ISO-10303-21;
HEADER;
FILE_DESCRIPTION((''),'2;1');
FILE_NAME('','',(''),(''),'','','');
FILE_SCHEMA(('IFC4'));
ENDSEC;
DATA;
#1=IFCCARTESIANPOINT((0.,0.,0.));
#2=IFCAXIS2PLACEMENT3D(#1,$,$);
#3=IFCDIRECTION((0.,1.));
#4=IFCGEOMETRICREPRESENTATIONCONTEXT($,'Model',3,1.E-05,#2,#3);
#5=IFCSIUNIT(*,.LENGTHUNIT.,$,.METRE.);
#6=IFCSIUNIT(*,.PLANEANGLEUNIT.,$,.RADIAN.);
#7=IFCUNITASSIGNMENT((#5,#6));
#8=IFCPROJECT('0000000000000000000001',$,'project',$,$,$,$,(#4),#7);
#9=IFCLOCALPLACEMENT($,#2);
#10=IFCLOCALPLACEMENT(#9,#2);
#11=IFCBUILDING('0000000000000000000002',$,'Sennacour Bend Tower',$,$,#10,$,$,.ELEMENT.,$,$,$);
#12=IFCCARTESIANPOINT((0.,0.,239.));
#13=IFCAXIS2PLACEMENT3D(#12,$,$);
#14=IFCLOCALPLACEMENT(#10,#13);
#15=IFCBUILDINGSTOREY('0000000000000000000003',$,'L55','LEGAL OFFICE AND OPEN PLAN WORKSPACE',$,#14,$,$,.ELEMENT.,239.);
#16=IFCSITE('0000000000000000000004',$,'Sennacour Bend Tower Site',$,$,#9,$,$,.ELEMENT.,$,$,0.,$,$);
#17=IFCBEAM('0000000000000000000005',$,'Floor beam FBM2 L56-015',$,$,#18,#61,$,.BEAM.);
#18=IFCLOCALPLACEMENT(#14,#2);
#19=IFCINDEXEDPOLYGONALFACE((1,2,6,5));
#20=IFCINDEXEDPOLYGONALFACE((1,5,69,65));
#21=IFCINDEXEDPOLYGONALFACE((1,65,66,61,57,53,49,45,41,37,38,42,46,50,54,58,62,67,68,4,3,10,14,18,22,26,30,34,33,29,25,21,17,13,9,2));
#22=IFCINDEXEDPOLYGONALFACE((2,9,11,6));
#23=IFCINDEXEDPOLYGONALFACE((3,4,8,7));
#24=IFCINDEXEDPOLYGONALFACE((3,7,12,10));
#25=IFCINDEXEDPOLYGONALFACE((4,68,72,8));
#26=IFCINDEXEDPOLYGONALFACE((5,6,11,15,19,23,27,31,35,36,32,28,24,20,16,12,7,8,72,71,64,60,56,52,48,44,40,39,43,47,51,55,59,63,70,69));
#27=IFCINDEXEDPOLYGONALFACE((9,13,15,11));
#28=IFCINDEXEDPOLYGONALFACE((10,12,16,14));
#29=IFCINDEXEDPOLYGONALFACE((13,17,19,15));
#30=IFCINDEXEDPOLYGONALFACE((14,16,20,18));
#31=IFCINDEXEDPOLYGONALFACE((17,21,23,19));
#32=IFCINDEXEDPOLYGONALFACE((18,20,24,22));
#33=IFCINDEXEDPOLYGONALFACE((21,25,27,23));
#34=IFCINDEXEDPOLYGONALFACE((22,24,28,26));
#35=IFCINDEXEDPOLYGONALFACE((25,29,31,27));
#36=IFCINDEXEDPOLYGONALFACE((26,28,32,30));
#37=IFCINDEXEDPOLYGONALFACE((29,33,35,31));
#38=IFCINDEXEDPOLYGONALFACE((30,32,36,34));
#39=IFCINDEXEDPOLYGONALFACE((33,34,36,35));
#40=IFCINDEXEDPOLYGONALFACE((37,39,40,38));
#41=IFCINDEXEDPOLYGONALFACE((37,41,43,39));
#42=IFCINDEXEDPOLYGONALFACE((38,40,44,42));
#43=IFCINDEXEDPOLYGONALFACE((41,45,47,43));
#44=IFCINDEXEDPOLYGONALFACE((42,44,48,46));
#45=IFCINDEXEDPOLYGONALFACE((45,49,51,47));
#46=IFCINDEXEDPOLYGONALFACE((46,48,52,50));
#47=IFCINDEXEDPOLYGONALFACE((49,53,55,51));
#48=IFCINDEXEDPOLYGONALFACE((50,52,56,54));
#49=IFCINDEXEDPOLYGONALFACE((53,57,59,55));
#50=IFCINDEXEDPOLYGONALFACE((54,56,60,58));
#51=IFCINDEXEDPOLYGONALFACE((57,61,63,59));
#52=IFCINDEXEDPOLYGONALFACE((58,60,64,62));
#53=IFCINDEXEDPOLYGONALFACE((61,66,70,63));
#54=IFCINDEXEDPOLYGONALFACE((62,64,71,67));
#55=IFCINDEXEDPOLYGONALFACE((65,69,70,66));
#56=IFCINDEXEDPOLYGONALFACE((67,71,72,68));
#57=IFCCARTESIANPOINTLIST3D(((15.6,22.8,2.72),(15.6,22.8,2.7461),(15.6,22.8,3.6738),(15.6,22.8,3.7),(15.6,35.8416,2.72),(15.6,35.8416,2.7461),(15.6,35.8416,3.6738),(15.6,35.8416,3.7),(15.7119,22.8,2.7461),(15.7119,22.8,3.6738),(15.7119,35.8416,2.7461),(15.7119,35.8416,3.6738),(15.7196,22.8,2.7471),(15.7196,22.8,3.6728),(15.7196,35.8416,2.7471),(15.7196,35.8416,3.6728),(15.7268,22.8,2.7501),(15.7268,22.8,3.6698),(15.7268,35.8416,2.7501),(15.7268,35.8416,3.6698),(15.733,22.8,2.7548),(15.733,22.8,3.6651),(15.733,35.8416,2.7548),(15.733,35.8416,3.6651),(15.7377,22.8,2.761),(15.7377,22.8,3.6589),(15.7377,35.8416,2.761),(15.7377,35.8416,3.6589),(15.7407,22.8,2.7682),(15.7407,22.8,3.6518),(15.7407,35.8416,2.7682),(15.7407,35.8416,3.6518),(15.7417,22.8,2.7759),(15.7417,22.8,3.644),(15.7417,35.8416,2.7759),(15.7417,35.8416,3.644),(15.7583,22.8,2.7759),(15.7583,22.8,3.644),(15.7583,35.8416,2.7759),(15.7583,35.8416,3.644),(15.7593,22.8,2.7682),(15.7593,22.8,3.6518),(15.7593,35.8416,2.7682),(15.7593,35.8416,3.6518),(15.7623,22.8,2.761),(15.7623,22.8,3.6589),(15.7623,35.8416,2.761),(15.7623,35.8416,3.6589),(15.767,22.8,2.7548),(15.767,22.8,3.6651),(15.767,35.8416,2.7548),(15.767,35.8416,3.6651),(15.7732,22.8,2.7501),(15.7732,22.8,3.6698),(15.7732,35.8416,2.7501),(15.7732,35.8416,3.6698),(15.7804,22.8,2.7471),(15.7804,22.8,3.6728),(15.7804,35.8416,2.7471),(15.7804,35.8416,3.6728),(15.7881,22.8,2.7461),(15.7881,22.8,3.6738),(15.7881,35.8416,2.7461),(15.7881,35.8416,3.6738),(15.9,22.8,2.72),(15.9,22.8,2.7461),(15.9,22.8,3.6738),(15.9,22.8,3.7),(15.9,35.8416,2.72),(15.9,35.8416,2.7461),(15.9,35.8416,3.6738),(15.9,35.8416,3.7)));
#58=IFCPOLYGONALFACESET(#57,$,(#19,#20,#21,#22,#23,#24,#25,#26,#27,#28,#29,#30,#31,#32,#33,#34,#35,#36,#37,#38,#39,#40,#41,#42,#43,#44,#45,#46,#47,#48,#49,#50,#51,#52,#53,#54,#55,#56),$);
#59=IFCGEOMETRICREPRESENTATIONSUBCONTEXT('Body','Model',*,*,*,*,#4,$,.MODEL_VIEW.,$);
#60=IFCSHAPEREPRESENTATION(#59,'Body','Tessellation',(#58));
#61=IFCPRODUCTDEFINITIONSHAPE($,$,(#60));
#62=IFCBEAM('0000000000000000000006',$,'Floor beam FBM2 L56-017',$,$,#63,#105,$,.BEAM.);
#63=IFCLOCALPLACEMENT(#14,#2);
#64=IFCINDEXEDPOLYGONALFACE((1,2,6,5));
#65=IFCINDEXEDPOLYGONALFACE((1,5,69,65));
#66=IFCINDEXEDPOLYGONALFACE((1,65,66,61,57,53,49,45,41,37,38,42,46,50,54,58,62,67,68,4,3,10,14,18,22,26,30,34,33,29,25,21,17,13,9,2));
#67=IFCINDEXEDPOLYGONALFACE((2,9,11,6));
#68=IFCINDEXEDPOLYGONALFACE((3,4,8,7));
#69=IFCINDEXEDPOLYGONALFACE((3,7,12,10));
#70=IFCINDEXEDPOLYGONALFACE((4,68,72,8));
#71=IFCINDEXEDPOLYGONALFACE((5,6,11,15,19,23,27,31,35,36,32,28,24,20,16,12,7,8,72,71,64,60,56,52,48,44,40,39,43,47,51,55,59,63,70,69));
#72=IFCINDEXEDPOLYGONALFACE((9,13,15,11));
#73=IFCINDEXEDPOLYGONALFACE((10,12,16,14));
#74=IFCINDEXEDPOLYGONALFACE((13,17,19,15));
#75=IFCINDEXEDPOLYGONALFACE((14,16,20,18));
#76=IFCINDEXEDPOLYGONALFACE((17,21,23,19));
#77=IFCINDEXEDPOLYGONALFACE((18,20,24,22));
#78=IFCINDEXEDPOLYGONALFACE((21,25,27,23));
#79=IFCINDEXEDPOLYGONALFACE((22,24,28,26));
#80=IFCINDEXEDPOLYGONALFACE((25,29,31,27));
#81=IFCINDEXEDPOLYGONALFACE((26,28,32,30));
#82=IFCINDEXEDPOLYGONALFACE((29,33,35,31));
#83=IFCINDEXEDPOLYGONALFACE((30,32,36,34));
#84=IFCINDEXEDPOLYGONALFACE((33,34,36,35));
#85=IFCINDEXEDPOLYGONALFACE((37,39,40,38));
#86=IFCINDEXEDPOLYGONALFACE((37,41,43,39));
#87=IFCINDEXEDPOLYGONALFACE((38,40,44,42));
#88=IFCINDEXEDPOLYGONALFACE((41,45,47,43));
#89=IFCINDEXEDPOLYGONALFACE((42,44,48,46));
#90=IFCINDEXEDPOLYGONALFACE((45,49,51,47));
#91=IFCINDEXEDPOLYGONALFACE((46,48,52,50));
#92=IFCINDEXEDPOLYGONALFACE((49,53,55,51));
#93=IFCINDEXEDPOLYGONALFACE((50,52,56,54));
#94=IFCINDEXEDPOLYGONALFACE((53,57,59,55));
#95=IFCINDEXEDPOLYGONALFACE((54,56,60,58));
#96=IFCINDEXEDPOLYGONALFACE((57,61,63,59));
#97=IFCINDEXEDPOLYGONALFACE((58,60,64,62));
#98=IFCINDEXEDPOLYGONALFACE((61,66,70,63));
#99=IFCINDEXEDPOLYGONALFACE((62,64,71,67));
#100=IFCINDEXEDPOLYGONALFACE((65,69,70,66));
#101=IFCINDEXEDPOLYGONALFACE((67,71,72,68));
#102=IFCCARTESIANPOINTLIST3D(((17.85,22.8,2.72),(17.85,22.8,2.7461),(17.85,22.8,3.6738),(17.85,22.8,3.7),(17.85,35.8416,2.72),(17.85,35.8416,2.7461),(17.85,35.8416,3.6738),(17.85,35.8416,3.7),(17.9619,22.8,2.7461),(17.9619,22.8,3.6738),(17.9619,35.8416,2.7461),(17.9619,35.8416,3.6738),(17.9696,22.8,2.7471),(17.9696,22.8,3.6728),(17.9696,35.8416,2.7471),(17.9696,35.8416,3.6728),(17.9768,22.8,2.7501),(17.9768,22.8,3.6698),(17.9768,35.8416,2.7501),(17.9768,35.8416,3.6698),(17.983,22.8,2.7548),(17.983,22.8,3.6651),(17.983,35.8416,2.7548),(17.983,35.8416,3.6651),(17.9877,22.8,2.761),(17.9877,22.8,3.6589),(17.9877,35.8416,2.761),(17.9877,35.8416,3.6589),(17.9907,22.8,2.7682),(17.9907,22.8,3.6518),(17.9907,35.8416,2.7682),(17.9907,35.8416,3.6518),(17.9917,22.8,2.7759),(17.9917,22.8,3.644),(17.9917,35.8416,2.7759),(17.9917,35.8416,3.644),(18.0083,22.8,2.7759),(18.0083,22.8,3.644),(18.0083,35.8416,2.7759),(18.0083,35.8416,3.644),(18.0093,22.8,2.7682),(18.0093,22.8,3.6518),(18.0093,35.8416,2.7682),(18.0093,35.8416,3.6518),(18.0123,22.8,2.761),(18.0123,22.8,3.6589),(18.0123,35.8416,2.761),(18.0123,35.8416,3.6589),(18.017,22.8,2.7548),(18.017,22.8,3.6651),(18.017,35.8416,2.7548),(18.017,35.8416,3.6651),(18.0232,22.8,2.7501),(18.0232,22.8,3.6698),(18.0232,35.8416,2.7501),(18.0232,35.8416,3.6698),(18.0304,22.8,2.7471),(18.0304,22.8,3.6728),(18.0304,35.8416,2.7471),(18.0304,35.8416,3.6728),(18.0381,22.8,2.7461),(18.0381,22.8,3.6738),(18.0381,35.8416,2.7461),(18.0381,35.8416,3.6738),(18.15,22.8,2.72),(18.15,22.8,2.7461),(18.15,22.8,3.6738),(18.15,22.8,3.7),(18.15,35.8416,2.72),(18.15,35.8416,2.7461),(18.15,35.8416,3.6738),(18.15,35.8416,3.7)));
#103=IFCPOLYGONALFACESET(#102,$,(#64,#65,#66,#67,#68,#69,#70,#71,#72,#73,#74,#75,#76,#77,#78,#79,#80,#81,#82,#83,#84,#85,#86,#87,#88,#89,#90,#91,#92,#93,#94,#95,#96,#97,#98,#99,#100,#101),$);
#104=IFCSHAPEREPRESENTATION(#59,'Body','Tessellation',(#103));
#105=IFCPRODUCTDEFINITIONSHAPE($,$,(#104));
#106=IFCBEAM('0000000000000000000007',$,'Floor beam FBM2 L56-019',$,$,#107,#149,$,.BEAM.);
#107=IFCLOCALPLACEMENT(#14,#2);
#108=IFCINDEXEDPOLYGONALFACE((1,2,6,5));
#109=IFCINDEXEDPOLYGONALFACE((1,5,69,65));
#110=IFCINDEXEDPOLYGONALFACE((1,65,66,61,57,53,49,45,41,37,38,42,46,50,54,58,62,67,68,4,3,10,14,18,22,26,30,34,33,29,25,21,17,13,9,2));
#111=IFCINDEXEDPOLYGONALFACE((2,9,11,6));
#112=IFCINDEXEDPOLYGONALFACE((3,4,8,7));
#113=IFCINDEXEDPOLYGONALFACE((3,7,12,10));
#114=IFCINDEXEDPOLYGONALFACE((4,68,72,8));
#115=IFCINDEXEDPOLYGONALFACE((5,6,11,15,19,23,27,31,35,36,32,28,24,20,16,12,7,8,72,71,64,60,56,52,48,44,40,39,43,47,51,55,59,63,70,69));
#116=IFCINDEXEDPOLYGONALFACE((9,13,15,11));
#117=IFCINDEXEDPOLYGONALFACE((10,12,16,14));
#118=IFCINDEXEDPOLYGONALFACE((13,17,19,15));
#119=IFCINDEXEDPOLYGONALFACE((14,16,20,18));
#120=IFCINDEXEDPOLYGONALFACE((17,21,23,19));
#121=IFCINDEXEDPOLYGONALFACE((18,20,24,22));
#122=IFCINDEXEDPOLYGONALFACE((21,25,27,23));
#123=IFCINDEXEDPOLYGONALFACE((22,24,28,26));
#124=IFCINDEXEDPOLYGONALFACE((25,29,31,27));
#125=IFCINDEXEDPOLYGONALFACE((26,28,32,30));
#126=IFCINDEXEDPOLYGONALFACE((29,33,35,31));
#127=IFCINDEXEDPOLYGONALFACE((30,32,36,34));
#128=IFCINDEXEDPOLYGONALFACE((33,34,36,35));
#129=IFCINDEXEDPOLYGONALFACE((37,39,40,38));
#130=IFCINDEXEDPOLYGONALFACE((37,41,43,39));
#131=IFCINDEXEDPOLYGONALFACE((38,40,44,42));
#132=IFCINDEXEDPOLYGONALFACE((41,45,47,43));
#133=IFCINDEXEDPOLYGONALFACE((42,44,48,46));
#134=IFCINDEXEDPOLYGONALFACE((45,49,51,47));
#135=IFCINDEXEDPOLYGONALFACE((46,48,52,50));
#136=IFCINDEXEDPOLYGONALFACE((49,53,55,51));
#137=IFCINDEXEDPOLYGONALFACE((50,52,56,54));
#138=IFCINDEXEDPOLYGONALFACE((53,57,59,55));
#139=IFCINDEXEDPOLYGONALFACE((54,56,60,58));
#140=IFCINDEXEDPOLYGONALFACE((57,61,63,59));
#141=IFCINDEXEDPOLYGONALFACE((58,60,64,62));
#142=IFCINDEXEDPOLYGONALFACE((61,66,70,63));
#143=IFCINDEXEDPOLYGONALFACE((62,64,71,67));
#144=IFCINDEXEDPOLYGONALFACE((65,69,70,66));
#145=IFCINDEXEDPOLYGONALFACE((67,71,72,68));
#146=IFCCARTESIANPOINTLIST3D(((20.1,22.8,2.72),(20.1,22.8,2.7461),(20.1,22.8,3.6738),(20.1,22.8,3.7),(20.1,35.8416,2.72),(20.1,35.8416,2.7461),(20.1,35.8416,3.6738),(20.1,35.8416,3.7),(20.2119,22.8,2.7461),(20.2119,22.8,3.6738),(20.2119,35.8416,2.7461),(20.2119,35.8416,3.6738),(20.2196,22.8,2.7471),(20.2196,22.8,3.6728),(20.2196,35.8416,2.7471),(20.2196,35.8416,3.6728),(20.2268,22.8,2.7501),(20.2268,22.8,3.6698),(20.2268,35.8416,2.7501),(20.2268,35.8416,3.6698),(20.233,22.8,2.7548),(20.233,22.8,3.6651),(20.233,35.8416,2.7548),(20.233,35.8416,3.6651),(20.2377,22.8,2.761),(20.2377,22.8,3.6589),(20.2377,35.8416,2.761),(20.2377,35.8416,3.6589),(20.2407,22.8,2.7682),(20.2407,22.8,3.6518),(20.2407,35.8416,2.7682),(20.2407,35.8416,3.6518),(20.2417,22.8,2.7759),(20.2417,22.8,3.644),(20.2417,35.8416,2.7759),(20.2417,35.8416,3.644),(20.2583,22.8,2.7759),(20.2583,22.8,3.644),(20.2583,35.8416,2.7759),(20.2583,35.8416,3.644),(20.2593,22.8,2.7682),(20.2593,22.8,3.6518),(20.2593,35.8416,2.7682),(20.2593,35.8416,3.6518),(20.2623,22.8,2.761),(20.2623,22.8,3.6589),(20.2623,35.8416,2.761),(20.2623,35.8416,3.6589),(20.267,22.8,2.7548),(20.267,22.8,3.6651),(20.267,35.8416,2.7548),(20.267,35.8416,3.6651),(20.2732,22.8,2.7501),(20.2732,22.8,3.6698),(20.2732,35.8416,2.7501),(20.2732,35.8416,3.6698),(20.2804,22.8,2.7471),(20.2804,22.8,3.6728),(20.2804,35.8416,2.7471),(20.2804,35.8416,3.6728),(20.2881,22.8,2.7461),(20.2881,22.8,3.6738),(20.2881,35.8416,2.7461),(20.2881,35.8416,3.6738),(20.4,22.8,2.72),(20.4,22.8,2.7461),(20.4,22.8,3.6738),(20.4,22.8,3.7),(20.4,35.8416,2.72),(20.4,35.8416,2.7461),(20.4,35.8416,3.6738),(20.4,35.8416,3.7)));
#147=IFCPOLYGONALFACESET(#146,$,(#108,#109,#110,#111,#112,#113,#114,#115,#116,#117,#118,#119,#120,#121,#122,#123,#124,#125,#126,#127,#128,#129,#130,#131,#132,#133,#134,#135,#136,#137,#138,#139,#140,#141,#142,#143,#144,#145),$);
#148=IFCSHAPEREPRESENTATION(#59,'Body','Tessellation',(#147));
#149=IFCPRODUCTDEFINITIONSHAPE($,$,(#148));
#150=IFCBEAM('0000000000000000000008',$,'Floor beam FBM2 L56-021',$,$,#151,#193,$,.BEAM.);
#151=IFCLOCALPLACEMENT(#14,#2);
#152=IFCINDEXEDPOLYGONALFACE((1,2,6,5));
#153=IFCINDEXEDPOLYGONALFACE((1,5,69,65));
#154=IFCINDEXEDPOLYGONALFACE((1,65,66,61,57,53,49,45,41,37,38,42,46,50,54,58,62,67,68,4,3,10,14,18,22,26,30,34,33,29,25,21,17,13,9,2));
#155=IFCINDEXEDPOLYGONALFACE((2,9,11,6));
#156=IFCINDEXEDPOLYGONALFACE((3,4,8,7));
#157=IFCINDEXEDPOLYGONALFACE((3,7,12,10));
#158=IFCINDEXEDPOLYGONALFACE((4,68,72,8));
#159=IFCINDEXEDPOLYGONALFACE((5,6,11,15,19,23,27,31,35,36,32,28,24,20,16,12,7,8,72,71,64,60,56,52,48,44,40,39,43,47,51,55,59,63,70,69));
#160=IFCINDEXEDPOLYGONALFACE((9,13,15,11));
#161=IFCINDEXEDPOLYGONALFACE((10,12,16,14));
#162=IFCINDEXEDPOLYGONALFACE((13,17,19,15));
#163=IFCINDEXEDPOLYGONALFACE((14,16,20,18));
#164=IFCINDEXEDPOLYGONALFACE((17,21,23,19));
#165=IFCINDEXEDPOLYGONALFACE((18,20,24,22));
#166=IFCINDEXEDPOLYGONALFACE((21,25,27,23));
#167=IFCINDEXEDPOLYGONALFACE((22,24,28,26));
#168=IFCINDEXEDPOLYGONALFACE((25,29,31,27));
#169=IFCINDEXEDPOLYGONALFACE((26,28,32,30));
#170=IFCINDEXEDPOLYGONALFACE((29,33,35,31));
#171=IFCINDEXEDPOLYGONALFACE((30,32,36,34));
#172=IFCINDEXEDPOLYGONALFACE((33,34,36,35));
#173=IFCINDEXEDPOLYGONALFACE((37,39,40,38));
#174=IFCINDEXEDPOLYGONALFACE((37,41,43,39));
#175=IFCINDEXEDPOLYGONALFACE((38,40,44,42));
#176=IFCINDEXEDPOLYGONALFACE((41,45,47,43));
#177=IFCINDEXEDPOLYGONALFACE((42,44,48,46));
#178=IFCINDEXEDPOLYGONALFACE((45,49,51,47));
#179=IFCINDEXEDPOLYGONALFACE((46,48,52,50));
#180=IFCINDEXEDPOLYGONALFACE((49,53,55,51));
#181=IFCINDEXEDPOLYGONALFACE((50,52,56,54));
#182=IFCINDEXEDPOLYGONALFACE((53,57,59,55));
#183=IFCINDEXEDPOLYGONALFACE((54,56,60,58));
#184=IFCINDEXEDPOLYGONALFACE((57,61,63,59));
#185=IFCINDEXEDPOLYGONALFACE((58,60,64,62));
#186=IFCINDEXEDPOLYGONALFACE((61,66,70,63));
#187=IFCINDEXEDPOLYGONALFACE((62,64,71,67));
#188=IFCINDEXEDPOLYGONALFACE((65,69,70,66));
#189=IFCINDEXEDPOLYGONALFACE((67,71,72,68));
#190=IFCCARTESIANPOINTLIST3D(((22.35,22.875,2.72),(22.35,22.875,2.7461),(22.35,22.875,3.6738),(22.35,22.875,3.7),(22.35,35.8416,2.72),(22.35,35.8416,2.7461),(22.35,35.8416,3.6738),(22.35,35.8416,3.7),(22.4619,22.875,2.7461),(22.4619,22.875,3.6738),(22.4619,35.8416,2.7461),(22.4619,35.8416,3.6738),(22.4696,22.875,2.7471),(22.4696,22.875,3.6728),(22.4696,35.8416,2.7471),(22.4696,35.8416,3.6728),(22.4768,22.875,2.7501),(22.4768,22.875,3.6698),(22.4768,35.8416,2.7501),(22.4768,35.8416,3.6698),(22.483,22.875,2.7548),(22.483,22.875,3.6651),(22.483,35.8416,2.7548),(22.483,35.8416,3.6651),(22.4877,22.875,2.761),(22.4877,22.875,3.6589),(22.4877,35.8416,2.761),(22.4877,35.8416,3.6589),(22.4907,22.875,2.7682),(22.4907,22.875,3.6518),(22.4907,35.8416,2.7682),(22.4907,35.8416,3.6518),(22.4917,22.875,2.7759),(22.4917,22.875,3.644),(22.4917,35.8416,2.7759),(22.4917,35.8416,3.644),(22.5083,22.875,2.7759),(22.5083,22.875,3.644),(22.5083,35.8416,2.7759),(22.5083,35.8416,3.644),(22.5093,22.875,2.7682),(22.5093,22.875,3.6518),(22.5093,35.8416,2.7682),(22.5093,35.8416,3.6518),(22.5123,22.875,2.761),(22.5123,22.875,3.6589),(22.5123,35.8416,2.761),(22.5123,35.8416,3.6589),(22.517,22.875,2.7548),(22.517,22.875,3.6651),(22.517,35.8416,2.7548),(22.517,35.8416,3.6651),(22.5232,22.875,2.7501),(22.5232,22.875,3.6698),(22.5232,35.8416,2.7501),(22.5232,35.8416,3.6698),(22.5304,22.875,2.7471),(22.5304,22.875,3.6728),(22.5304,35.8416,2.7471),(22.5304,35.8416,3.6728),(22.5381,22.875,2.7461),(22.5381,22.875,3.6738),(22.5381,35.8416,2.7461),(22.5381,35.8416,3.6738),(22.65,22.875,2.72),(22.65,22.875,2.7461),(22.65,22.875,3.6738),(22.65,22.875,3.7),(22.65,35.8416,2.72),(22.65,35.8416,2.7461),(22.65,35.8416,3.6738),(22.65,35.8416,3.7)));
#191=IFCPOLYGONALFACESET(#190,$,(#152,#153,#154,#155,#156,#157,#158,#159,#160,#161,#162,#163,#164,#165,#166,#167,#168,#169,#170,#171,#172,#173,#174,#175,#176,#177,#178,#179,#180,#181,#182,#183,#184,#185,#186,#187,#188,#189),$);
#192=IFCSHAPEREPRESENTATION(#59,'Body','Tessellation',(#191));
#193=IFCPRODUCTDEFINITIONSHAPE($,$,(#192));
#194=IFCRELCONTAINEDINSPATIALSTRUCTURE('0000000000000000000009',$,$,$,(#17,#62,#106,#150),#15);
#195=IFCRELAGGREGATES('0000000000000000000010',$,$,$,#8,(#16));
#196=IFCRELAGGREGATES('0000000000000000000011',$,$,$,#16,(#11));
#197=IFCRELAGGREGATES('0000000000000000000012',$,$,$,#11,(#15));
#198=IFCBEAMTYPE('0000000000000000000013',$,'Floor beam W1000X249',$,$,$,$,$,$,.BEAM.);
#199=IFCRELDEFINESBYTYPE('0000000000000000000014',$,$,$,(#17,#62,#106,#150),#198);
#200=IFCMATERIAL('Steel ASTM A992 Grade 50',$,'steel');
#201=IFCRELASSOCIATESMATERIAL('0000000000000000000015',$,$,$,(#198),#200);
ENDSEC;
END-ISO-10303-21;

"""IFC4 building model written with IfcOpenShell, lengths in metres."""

from ifc_helpers import new_model, si_unit, direction, frame, origin, origin_2d, place, context, subcontext, project, spatial, i_section, extrude, material, material_profile, profile_set, type_object, element, save


model = new_model("IFC4")

# Units and contexts
model_context = context("Model", 3, precision=1e-05, world=origin(), true_north=direction((0.0, 1.0)))
body_context = subcontext(model_context, "Body", "Model", "MODEL_VIEW")
ifc_project = project(units=[si_unit("LENGTHUNIT", "METRE"), si_unit("PLANEANGLEUNIT", "RADIAN")], contexts=[model_context])

# Site, building, storey
site_placement = place(None, origin())
site = spatial("IfcSite", under=ifc_project, at=site_placement, Name="Sennacour Bend Tower Site", CompositionType="ELEMENT", RefElevation=0.0)
building_placement = place(site_placement, origin())
building = spatial("IfcBuilding", under=site, at=building_placement, Name="Sennacour Bend Tower", CompositionType="ELEMENT")
storey_placement = place(building_placement, frame((0.0, 0.0, 239.0)))
storey = spatial("IfcBuildingStorey", under=building, at=storey_placement, Name="L55", Description="LEGAL OFFICE AND OPEN PLAN WORKSPACE", CompositionType="ELEMENT", Elevation=239.0)

# Beams
ifc_material_1 = material(Name="Steel ASTM A992 Grade 50", Category="steel")
ifc_material_profile_1 = material_profile(ifc_material_1, i_section(OverallWidth=0.3, OverallDepth=0.98, WebThickness=0.0166, FlangeThickness=0.0261, FilletRadius=0.0298, at=origin_2d()), Name="Steel ASTM A992 Grade 50", Category="steel")
ifc_profile_set_1 = profile_set([ifc_material_profile_1], Name="Steel ASTM A992 Grade 50")
beam_type_1 = type_object("IfcBeamType", Name="Floor beam W1000X249", PredefinedType="BEAM", material=ifc_profile_set_1)
for number, where, z_axis, x_axis, name in (
    (1, (15.75, 22.8, 3.21), (0.0, 1.0, 0.0), (-1.0, 0.0, 0.0), "Floor beam FBM2 L56-015"),
    (2, (18.0, 22.8, 3.21), (0.0, 1.0, 0.0), (-1.0, 0.0, 0.0), "Floor beam FBM2 L56-017"),
    (3, (20.25, 22.8, 3.21), (0.0, 1.0, 0.0), (-1.0, 0.0, 0.0), "Floor beam FBM2 L56-019"),
):
    element("IfcBeam", number, at=place(storey_placement, frame(where, z_axis=z_axis, x_axis=x_axis)), inside=storey, type_object=beam_type_1, Name=name, PredefinedType="BEAM", context=body_context, shape_type="SweptSolid", body=[
        extrude(i_section(OverallWidth=0.3, OverallDepth=0.98, WebThickness=0.0166, FlangeThickness=0.0261, FilletRadius=0.0298, at=origin_2d()), origin(), (0.0, 0.0, 1.0), 13.0415),
    ])
beam_1_placement = place(storey_placement, frame((22.5, 22.875, 3.21), z_axis=(0.0, 1.0, 0.0), x_axis=(-1.0, 0.0, 0.0)))
element("IfcBeam", 4, at=beam_1_placement, inside=storey, type_object=beam_type_1, Name="Floor beam FBM2 L56-021", PredefinedType="BEAM", context=body_context, shape_type="SweptSolid", body=[
    extrude(i_section(OverallWidth=0.3, OverallDepth=0.98, WebThickness=0.0166, FlangeThickness=0.0261, FilletRadius=0.0298, at=origin_2d()), origin(), (0.0, 0.0, 1.0), 12.9666),
])

save(model, "model.ifc")
